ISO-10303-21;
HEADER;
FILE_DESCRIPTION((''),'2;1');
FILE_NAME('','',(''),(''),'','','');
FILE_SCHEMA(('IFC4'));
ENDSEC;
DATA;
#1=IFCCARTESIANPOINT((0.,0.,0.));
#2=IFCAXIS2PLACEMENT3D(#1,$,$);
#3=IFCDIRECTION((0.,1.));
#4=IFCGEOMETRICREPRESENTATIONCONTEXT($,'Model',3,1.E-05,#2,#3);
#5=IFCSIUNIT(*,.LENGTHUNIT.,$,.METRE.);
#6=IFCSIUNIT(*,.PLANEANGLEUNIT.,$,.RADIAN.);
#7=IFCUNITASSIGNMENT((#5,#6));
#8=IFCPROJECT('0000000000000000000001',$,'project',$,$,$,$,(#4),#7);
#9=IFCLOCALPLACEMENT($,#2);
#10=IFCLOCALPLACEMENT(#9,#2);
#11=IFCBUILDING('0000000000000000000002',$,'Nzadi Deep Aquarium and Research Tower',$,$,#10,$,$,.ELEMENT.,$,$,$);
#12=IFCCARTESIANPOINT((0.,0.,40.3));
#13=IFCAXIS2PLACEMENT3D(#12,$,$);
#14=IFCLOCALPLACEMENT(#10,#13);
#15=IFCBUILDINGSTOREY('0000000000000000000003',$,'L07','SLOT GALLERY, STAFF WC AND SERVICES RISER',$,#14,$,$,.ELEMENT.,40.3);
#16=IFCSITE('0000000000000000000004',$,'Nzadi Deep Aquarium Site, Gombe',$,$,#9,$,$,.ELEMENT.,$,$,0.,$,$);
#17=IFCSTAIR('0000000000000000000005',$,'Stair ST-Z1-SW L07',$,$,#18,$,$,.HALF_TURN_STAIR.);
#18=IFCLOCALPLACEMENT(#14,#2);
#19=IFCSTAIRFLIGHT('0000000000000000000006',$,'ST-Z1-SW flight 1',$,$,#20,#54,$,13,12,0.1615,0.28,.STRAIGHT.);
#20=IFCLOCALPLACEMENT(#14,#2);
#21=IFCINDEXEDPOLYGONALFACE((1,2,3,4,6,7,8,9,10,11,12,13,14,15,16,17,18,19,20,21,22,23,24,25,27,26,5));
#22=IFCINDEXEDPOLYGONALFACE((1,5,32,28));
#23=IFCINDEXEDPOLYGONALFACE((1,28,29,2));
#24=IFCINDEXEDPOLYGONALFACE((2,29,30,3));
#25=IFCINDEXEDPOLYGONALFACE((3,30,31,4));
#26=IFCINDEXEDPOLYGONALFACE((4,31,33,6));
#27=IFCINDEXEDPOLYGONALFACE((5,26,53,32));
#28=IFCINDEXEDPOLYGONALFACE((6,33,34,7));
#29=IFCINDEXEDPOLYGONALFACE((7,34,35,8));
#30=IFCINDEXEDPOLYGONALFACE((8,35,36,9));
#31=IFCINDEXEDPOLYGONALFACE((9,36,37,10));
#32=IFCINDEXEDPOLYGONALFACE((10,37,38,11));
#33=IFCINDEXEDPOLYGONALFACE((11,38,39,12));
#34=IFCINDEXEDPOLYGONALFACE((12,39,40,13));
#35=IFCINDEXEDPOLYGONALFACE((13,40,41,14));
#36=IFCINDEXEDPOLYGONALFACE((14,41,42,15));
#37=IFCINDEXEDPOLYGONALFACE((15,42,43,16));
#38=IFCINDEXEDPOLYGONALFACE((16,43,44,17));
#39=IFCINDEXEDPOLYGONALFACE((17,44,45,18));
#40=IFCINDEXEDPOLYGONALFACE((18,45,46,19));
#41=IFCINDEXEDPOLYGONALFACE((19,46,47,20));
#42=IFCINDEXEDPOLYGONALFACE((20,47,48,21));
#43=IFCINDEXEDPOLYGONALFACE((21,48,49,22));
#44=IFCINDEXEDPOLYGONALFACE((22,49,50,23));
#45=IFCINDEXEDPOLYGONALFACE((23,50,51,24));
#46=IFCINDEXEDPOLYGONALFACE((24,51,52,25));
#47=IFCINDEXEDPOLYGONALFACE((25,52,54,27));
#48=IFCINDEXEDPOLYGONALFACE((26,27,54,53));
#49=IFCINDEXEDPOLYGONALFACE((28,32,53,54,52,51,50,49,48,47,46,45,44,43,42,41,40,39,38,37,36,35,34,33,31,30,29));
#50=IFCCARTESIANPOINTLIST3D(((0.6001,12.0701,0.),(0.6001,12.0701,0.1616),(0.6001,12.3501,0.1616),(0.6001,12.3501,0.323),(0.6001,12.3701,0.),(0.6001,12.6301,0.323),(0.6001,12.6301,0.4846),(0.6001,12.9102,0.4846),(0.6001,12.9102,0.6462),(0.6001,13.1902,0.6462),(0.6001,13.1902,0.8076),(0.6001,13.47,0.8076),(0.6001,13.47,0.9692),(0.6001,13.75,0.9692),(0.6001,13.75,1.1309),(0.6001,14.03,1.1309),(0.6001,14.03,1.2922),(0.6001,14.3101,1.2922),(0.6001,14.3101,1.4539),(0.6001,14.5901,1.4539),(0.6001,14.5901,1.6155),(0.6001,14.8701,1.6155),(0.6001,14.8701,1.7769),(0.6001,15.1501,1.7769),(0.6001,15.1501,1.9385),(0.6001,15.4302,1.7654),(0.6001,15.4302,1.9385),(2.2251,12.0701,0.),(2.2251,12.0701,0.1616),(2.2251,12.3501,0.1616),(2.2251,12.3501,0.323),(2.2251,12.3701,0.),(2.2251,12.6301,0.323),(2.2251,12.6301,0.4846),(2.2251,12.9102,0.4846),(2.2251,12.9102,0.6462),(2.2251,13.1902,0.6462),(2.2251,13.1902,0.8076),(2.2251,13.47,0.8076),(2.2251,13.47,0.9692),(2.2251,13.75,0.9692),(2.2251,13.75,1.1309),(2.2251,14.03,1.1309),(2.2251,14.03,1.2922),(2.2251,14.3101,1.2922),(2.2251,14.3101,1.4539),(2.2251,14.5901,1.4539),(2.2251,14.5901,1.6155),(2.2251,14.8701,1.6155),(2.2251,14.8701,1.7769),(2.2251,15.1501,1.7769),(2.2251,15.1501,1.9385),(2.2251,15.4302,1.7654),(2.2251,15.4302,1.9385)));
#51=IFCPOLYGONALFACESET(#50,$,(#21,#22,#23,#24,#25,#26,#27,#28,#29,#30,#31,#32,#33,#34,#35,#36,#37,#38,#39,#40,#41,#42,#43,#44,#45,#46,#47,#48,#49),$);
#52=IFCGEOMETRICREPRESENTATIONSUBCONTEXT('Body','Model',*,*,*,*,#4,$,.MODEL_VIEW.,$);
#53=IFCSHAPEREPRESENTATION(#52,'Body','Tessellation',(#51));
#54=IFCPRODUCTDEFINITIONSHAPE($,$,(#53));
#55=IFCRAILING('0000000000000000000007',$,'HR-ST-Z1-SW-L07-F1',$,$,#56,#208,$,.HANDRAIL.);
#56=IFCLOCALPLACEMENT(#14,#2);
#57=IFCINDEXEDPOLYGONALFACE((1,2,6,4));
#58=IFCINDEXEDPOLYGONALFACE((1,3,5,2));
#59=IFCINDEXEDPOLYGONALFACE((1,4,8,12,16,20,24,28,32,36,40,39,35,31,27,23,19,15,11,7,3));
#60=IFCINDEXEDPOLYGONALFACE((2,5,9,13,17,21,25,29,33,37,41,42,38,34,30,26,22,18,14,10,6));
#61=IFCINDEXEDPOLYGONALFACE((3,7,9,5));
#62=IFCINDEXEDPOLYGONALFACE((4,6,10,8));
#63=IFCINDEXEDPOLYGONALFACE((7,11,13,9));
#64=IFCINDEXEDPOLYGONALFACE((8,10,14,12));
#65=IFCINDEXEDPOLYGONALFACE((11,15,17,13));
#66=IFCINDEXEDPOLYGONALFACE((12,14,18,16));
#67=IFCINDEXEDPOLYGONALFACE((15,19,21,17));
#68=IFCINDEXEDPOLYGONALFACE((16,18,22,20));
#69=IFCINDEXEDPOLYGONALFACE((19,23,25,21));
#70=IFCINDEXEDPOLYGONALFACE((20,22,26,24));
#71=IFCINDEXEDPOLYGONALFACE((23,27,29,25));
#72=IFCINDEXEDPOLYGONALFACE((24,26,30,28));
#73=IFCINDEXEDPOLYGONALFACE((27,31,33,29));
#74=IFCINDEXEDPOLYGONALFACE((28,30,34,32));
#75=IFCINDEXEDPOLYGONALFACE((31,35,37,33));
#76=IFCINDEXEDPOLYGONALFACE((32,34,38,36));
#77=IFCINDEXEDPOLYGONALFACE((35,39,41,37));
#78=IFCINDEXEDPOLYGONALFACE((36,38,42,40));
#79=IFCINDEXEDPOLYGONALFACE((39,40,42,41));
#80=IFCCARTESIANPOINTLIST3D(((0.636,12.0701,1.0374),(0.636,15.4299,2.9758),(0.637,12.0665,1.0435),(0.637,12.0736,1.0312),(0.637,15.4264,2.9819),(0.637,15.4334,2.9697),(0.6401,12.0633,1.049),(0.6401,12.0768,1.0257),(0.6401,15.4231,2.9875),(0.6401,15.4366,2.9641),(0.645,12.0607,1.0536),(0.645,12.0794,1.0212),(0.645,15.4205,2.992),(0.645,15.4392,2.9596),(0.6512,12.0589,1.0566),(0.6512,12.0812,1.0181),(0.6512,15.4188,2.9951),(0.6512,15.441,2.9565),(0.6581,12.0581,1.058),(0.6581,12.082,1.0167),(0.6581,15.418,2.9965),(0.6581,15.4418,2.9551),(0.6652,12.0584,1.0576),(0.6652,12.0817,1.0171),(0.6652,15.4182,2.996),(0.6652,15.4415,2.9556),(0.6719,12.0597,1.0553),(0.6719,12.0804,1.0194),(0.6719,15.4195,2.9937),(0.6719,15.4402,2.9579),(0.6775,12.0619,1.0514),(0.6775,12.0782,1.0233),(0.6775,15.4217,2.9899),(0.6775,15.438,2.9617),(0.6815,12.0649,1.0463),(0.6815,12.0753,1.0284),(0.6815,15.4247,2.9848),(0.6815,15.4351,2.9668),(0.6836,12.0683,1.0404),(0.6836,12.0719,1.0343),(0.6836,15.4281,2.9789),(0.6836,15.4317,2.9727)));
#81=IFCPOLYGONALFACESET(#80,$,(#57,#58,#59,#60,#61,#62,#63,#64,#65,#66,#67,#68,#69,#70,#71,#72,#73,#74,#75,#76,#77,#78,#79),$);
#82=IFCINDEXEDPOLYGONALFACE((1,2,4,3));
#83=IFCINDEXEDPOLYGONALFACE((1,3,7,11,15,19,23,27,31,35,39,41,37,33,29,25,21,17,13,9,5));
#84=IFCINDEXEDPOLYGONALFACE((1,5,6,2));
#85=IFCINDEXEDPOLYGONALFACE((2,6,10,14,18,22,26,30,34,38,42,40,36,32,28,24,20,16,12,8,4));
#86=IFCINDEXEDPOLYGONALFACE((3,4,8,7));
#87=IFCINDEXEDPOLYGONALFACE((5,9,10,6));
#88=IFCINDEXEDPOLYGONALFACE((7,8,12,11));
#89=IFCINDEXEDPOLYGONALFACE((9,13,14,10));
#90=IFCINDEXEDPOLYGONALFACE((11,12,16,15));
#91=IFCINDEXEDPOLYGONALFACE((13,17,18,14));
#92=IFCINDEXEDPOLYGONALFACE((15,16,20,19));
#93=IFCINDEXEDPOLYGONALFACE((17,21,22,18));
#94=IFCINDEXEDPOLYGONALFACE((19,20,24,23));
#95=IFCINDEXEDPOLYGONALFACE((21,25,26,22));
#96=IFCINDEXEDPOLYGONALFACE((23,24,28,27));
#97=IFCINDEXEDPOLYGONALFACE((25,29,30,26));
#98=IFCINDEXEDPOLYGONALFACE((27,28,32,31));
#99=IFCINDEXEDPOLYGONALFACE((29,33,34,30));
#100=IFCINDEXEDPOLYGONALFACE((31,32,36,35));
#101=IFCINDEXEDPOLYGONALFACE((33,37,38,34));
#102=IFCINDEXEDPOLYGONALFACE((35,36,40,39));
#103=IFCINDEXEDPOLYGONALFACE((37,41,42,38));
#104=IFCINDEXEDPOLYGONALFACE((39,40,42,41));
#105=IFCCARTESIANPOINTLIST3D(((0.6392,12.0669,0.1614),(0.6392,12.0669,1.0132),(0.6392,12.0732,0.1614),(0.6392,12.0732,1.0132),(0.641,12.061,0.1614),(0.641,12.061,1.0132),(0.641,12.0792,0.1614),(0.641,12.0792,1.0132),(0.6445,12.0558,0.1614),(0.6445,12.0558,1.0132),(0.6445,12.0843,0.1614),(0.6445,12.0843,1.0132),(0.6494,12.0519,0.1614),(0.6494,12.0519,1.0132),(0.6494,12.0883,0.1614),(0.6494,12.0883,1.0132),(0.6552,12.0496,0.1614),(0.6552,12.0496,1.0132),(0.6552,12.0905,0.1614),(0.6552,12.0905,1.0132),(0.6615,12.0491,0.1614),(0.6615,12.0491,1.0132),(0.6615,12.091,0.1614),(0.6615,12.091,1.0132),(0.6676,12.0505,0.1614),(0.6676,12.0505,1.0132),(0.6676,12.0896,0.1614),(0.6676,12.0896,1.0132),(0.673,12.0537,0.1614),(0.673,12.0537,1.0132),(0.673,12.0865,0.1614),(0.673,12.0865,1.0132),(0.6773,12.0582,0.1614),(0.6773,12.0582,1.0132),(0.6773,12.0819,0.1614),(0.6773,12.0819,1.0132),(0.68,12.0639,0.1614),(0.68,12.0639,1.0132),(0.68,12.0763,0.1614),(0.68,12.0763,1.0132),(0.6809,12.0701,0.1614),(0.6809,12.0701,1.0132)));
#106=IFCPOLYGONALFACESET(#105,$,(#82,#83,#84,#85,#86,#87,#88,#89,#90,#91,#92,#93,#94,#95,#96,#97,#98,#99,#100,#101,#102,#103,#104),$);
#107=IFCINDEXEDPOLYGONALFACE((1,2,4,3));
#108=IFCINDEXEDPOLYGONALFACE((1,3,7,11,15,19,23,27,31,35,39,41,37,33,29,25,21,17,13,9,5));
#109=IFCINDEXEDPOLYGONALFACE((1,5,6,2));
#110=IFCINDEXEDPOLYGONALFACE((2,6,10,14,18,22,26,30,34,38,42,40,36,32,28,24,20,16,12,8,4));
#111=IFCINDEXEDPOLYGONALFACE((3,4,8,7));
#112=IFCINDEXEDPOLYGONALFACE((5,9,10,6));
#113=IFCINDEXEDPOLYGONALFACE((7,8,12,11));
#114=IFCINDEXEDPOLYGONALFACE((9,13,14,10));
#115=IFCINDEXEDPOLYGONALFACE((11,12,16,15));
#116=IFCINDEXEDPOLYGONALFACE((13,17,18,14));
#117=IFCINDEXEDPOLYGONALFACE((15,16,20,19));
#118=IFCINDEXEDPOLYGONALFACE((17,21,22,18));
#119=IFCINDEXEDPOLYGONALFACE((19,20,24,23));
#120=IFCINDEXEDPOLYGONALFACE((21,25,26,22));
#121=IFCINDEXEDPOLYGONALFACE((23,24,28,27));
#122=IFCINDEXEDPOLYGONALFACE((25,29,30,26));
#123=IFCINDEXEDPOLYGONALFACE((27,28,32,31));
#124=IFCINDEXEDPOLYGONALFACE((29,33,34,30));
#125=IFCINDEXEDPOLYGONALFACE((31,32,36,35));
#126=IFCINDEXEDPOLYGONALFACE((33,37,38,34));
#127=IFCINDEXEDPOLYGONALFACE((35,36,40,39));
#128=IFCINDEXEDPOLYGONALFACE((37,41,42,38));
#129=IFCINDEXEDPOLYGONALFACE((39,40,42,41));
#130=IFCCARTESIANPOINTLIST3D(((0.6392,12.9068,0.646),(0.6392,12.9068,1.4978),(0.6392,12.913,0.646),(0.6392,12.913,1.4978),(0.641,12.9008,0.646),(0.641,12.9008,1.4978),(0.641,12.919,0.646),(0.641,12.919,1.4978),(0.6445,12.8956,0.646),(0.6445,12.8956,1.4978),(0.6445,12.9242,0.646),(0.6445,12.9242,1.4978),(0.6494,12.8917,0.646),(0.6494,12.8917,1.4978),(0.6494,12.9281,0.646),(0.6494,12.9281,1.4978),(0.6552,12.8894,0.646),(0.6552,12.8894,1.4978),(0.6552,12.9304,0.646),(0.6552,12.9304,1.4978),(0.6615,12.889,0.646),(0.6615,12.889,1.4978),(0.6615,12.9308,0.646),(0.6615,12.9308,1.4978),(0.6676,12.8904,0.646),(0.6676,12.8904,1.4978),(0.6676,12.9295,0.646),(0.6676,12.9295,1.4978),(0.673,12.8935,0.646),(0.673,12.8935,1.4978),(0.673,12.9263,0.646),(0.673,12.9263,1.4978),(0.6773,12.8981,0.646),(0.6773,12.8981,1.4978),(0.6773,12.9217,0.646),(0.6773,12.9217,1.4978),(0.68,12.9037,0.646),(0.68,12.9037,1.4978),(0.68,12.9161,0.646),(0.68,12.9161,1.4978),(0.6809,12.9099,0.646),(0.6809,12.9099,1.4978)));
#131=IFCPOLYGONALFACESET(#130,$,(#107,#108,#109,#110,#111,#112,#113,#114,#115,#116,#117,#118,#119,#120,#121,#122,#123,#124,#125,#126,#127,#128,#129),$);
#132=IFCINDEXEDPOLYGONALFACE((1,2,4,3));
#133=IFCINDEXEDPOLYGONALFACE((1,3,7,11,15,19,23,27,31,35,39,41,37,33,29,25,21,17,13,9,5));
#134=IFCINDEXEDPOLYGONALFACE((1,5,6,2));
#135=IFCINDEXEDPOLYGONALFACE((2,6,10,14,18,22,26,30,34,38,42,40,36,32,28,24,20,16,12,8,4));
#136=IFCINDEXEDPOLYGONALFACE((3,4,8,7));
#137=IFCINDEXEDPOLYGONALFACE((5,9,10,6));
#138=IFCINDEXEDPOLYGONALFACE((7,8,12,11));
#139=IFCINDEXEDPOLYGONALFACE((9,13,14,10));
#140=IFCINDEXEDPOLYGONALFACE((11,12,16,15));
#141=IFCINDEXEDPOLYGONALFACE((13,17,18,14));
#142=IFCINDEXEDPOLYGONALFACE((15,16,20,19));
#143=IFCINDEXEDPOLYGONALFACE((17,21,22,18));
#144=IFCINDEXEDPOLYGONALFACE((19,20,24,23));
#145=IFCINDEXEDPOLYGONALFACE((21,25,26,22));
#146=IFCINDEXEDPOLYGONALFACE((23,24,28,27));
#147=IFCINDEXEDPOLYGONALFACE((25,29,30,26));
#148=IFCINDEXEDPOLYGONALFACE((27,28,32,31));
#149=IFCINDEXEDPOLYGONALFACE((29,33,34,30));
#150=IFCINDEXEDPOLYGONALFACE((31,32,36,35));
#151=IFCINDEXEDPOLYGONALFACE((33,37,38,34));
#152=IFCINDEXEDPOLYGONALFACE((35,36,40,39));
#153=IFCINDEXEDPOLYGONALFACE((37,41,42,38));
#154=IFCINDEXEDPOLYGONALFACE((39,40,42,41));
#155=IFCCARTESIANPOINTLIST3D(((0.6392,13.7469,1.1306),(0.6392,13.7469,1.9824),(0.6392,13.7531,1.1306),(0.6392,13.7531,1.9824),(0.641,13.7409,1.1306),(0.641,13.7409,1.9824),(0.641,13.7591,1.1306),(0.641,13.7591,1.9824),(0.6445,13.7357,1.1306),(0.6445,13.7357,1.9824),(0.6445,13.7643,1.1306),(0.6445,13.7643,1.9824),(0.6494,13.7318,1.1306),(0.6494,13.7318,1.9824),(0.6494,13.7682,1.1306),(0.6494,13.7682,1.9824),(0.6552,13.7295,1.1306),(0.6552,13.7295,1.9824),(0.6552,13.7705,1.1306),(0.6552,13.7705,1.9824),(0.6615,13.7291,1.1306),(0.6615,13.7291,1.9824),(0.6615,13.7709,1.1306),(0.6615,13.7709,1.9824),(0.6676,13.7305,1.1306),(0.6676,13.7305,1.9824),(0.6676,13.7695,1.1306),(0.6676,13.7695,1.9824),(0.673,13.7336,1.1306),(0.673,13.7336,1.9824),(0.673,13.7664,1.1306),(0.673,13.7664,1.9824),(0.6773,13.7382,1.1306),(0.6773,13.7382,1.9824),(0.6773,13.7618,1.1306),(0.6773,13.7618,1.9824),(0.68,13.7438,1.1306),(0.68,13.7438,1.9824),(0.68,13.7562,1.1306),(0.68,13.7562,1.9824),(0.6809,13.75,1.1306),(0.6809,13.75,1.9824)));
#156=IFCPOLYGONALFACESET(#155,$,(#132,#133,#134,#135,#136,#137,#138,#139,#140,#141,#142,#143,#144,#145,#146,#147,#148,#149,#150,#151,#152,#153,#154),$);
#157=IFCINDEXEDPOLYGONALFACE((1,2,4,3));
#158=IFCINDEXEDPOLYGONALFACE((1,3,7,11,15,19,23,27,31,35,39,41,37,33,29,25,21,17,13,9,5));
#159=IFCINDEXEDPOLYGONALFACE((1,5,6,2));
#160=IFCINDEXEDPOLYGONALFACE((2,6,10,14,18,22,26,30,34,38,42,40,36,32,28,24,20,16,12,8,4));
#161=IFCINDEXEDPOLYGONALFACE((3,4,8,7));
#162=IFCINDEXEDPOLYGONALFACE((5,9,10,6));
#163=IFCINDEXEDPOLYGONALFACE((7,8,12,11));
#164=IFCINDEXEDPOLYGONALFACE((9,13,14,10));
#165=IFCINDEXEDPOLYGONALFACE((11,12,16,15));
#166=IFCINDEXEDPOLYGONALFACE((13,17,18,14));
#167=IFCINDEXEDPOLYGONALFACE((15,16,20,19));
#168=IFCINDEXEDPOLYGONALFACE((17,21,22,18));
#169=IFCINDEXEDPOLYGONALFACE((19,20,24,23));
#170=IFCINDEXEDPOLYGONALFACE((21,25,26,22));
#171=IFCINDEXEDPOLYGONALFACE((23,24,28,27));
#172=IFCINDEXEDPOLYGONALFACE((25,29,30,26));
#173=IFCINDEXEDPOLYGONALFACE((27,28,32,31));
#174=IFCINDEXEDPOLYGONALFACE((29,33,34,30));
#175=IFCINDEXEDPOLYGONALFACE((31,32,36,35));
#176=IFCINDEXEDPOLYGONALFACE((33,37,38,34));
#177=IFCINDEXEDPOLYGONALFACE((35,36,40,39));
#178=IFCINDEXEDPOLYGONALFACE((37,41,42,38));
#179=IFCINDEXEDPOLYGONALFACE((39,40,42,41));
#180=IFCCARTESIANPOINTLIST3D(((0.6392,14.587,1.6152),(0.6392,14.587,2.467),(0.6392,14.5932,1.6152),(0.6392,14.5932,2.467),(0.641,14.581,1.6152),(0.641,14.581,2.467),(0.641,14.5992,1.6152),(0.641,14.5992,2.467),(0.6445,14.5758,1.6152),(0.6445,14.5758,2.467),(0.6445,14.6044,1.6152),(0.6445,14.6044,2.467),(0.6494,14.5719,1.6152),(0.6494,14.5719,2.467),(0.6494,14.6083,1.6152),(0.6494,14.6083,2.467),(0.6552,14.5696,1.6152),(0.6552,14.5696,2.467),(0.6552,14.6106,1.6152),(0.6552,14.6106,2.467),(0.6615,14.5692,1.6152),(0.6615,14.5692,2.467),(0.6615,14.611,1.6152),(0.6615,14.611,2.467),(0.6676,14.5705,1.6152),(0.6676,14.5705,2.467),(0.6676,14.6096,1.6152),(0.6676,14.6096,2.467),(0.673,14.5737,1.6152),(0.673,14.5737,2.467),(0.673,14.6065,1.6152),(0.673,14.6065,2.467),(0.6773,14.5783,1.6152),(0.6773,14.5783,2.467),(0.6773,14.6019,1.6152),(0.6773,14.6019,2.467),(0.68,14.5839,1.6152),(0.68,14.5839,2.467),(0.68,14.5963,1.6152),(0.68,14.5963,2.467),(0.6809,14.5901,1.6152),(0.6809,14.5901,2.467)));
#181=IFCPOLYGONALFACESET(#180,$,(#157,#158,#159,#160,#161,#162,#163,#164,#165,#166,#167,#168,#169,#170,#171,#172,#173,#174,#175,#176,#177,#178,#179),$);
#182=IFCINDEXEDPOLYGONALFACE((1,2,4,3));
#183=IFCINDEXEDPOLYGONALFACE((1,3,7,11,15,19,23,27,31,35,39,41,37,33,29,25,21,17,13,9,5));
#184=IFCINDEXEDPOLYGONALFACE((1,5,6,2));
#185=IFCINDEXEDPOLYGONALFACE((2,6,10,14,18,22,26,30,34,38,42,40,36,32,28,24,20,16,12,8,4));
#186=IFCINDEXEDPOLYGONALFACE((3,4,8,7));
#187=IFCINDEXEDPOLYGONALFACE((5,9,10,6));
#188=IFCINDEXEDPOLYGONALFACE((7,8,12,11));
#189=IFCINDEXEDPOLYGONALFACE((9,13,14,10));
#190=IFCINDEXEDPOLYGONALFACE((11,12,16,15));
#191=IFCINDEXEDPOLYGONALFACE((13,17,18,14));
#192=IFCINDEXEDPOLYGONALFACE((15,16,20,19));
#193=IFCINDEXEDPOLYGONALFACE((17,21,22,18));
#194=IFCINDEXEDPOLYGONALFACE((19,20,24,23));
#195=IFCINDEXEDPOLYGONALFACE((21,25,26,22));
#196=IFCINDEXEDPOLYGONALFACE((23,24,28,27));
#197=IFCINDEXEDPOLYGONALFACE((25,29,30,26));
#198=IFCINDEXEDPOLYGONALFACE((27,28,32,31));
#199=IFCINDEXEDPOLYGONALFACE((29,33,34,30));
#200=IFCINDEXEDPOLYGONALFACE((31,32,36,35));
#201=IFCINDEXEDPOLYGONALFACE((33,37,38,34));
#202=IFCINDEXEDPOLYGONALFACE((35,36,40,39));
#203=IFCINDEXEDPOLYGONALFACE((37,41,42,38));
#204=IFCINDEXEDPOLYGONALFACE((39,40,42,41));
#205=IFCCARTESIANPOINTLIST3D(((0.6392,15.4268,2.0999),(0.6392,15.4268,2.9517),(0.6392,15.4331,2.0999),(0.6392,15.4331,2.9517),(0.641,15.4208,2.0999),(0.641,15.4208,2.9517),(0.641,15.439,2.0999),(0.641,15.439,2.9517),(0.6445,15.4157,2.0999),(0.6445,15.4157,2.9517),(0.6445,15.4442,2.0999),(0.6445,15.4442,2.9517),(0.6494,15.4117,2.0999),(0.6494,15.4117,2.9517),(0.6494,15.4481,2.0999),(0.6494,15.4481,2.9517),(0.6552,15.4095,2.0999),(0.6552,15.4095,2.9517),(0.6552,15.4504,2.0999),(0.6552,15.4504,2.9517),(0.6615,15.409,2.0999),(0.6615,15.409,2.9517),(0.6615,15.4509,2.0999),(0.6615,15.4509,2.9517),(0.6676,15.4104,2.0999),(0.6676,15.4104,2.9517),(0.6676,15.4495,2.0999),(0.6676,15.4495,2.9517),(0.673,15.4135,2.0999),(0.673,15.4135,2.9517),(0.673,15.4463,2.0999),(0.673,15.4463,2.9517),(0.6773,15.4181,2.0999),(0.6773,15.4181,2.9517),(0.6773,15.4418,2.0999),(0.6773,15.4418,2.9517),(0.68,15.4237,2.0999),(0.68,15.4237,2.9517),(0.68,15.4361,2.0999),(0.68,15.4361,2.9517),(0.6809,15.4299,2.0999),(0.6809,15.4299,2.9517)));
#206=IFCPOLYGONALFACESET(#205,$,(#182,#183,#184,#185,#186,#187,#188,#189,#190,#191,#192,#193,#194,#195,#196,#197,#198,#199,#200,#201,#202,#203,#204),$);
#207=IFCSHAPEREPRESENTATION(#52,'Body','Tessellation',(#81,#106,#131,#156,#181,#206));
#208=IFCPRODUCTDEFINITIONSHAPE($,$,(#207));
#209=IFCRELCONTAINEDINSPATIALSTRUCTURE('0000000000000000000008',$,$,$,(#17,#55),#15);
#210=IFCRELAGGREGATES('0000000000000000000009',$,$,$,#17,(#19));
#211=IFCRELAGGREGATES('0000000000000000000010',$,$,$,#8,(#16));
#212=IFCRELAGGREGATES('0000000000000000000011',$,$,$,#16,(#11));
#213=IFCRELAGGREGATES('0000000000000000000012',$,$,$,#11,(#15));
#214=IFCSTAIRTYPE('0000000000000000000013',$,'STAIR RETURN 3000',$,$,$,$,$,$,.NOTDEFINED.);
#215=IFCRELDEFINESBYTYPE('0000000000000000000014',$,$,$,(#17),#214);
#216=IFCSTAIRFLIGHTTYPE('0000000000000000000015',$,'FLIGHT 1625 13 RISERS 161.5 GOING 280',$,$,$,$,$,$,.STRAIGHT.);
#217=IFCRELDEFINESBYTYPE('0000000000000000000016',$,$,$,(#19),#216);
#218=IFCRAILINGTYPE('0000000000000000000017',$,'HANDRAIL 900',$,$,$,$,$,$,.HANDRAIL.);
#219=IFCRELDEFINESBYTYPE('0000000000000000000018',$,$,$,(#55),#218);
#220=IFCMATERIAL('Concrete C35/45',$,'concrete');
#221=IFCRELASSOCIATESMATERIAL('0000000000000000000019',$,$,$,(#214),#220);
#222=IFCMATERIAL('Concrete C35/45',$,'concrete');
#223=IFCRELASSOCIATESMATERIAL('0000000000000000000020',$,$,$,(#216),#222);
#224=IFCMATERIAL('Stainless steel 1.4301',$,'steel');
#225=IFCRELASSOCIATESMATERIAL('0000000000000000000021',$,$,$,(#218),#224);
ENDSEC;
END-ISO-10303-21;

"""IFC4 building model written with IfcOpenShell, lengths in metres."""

from ifc_helpers import new_model, si_unit, direction, frame, origin, origin_2d, place, context, subcontext, project, spatial, polyline, circle, outline, extrude, material, type_object, element, aggregate, save


model = new_model("IFC4")

# Units and contexts
model_context = context("Model", 3, precision=1e-05, world=origin(), true_north=direction((0.0, 1.0)))
body_context = subcontext(model_context, "Body", "Model", "MODEL_VIEW")
ifc_project = project(units=[si_unit("LENGTHUNIT", "METRE"), si_unit("PLANEANGLEUNIT", "RADIAN")], contexts=[model_context])

# Site, building, storey
site_placement = place(None, origin())
site = spatial("IfcSite", under=ifc_project, at=site_placement, Name="Nzadi Deep Aquarium Site, Gombe", CompositionType="ELEMENT", RefElevation=0.0)
building_placement = place(site_placement, origin())
building = spatial("IfcBuilding", under=site, at=building_placement, Name="Nzadi Deep Aquarium and Research Tower", CompositionType="ELEMENT")
storey_placement = place(building_placement, frame((0.0, 0.0, 40.3)))
storey = spatial("IfcBuildingStorey", under=building, at=storey_placement, Name="L07", Description="SLOT GALLERY, STAFF WC AND SERVICES RISER", CompositionType="ELEMENT", Elevation=40.3)

# Stair, stair flight
ifc_material_1 = material(Name="Concrete C35/45", Category="concrete")
stair_type = type_object("IfcStairType", Name="STAIR RETURN 3000", PredefinedType="NOTDEFINED", material=ifc_material_1)
stair_placement = place(storey_placement, origin())
stair = element("IfcStair", 1, at=stair_placement, inside=storey, type_object=stair_type, Name="Stair ST-Z1-SW L07", PredefinedType="HALF_TURN_STAIR")
ifc_material_2 = material(Name="Concrete C35/45", Category="concrete")
stair_flight_type = type_object("IfcStairFlightType", Name="FLIGHT 1625 13 RISERS 161.5 GOING 280", PredefinedType="STRAIGHT", material=ifc_material_2)
stair_flight_placement = place(storey_placement, frame((1.4126, 12.0701, 0.0), z_axis=(0.0, 0.0, 1.0), x_axis=(0.0, 1.0, 0.0)))
stair_flight = element("IfcStairFlight", 2, at=stair_flight_placement, type_object=stair_flight_type, Name="ST-Z1-SW flight 1", NumberOfRisers=13, NumberOfTreads=12, PredefinedType="STRAIGHT", RiserHeight=0.1615, TreadLength=0.28, context=body_context, shape_type="SweptSolid", body=[
    extrude(outline(polyline([(0.0, 0.0), (0.0, 0.1616), (0.28, 0.1616), (0.28, 0.323), (0.5601, 0.323), (0.5601, 0.4846), (0.8401, 0.4846), (0.8401, 0.6462), (1.1201, 0.6462), (1.1201, 0.8076), (1.3999, 0.8076), (1.3999, 0.9692), (1.6799, 0.9692), (1.6799, 1.1309), (1.96, 1.1309), (1.96, 1.2922), (2.24, 1.2922), (2.24, 1.4539), (2.52, 1.4539), (2.52, 1.6155), (2.8, 1.6155), (2.8, 1.7769), (3.0801, 1.7769), (3.0801, 1.9385), (3.3601, 1.9385), (3.3601, 2.1001), (3.3601, 1.7654), (0.3, 0.0), (0.0, 0.0)])), frame((0.0, 0.8125, 0.0), z_axis=(0.0, -1.0, 0.0), x_axis=(1.0, 0.0, 0.0)), (0.0, 0.0, 1.0), 1.625),
])
aggregate(stair, [stair_flight])

# Railing
ifc_material_3 = material(Name="Stainless steel 1.4301", Category="steel")
railing_type = type_object("IfcRailingType", Name="HANDRAIL 900", PredefinedType="HANDRAIL", material=ifc_material_3)
for number, where, name in (
    (3, (0.6599, 12.0701, 0.1614), "HR-ST-Z1-SW-L07-F1"),
):
    element("IfcRailing", number, at=place(storey_placement, frame(where)), inside=storey, type_object=railing_type, Name=name, PredefinedType="HANDRAIL", context=body_context, shape_type="SweptSolid", body=[
        extrude(circle(Radius=0.0239, at=origin_2d()), frame((0.0, 0.0, 0.876), z_axis=(0.0, 0.866175, 0.499741), x_axis=(-1.0, 0.0, 0.0)), (0.0, 0.0, 1.0), 3.8789),
        extrude(circle(Radius=0.021, at=origin_2d()), origin(), (0.0, 0.0, 1.0), 0.8518),
        extrude(circle(Radius=0.021, at=origin_2d()), frame((0.0, 0.8398, 0.4846)), (0.0, 0.0, 1.0), 0.8518),
        extrude(circle(Radius=0.021, at=origin_2d()), frame((0.0, 1.6799, 0.9692)), (0.0, 0.0, 1.0), 0.8518),
        extrude(circle(Radius=0.021, at=origin_2d()), frame((0.0, 2.52, 1.4539)), (0.0, 0.0, 1.0), 0.8518),
        extrude(circle(Radius=0.021, at=origin_2d()), frame((0.0, 3.3599, 1.9385)), (0.0, 0.0, 1.0), 0.8518),
    ])

save(model, "model.ifc")
